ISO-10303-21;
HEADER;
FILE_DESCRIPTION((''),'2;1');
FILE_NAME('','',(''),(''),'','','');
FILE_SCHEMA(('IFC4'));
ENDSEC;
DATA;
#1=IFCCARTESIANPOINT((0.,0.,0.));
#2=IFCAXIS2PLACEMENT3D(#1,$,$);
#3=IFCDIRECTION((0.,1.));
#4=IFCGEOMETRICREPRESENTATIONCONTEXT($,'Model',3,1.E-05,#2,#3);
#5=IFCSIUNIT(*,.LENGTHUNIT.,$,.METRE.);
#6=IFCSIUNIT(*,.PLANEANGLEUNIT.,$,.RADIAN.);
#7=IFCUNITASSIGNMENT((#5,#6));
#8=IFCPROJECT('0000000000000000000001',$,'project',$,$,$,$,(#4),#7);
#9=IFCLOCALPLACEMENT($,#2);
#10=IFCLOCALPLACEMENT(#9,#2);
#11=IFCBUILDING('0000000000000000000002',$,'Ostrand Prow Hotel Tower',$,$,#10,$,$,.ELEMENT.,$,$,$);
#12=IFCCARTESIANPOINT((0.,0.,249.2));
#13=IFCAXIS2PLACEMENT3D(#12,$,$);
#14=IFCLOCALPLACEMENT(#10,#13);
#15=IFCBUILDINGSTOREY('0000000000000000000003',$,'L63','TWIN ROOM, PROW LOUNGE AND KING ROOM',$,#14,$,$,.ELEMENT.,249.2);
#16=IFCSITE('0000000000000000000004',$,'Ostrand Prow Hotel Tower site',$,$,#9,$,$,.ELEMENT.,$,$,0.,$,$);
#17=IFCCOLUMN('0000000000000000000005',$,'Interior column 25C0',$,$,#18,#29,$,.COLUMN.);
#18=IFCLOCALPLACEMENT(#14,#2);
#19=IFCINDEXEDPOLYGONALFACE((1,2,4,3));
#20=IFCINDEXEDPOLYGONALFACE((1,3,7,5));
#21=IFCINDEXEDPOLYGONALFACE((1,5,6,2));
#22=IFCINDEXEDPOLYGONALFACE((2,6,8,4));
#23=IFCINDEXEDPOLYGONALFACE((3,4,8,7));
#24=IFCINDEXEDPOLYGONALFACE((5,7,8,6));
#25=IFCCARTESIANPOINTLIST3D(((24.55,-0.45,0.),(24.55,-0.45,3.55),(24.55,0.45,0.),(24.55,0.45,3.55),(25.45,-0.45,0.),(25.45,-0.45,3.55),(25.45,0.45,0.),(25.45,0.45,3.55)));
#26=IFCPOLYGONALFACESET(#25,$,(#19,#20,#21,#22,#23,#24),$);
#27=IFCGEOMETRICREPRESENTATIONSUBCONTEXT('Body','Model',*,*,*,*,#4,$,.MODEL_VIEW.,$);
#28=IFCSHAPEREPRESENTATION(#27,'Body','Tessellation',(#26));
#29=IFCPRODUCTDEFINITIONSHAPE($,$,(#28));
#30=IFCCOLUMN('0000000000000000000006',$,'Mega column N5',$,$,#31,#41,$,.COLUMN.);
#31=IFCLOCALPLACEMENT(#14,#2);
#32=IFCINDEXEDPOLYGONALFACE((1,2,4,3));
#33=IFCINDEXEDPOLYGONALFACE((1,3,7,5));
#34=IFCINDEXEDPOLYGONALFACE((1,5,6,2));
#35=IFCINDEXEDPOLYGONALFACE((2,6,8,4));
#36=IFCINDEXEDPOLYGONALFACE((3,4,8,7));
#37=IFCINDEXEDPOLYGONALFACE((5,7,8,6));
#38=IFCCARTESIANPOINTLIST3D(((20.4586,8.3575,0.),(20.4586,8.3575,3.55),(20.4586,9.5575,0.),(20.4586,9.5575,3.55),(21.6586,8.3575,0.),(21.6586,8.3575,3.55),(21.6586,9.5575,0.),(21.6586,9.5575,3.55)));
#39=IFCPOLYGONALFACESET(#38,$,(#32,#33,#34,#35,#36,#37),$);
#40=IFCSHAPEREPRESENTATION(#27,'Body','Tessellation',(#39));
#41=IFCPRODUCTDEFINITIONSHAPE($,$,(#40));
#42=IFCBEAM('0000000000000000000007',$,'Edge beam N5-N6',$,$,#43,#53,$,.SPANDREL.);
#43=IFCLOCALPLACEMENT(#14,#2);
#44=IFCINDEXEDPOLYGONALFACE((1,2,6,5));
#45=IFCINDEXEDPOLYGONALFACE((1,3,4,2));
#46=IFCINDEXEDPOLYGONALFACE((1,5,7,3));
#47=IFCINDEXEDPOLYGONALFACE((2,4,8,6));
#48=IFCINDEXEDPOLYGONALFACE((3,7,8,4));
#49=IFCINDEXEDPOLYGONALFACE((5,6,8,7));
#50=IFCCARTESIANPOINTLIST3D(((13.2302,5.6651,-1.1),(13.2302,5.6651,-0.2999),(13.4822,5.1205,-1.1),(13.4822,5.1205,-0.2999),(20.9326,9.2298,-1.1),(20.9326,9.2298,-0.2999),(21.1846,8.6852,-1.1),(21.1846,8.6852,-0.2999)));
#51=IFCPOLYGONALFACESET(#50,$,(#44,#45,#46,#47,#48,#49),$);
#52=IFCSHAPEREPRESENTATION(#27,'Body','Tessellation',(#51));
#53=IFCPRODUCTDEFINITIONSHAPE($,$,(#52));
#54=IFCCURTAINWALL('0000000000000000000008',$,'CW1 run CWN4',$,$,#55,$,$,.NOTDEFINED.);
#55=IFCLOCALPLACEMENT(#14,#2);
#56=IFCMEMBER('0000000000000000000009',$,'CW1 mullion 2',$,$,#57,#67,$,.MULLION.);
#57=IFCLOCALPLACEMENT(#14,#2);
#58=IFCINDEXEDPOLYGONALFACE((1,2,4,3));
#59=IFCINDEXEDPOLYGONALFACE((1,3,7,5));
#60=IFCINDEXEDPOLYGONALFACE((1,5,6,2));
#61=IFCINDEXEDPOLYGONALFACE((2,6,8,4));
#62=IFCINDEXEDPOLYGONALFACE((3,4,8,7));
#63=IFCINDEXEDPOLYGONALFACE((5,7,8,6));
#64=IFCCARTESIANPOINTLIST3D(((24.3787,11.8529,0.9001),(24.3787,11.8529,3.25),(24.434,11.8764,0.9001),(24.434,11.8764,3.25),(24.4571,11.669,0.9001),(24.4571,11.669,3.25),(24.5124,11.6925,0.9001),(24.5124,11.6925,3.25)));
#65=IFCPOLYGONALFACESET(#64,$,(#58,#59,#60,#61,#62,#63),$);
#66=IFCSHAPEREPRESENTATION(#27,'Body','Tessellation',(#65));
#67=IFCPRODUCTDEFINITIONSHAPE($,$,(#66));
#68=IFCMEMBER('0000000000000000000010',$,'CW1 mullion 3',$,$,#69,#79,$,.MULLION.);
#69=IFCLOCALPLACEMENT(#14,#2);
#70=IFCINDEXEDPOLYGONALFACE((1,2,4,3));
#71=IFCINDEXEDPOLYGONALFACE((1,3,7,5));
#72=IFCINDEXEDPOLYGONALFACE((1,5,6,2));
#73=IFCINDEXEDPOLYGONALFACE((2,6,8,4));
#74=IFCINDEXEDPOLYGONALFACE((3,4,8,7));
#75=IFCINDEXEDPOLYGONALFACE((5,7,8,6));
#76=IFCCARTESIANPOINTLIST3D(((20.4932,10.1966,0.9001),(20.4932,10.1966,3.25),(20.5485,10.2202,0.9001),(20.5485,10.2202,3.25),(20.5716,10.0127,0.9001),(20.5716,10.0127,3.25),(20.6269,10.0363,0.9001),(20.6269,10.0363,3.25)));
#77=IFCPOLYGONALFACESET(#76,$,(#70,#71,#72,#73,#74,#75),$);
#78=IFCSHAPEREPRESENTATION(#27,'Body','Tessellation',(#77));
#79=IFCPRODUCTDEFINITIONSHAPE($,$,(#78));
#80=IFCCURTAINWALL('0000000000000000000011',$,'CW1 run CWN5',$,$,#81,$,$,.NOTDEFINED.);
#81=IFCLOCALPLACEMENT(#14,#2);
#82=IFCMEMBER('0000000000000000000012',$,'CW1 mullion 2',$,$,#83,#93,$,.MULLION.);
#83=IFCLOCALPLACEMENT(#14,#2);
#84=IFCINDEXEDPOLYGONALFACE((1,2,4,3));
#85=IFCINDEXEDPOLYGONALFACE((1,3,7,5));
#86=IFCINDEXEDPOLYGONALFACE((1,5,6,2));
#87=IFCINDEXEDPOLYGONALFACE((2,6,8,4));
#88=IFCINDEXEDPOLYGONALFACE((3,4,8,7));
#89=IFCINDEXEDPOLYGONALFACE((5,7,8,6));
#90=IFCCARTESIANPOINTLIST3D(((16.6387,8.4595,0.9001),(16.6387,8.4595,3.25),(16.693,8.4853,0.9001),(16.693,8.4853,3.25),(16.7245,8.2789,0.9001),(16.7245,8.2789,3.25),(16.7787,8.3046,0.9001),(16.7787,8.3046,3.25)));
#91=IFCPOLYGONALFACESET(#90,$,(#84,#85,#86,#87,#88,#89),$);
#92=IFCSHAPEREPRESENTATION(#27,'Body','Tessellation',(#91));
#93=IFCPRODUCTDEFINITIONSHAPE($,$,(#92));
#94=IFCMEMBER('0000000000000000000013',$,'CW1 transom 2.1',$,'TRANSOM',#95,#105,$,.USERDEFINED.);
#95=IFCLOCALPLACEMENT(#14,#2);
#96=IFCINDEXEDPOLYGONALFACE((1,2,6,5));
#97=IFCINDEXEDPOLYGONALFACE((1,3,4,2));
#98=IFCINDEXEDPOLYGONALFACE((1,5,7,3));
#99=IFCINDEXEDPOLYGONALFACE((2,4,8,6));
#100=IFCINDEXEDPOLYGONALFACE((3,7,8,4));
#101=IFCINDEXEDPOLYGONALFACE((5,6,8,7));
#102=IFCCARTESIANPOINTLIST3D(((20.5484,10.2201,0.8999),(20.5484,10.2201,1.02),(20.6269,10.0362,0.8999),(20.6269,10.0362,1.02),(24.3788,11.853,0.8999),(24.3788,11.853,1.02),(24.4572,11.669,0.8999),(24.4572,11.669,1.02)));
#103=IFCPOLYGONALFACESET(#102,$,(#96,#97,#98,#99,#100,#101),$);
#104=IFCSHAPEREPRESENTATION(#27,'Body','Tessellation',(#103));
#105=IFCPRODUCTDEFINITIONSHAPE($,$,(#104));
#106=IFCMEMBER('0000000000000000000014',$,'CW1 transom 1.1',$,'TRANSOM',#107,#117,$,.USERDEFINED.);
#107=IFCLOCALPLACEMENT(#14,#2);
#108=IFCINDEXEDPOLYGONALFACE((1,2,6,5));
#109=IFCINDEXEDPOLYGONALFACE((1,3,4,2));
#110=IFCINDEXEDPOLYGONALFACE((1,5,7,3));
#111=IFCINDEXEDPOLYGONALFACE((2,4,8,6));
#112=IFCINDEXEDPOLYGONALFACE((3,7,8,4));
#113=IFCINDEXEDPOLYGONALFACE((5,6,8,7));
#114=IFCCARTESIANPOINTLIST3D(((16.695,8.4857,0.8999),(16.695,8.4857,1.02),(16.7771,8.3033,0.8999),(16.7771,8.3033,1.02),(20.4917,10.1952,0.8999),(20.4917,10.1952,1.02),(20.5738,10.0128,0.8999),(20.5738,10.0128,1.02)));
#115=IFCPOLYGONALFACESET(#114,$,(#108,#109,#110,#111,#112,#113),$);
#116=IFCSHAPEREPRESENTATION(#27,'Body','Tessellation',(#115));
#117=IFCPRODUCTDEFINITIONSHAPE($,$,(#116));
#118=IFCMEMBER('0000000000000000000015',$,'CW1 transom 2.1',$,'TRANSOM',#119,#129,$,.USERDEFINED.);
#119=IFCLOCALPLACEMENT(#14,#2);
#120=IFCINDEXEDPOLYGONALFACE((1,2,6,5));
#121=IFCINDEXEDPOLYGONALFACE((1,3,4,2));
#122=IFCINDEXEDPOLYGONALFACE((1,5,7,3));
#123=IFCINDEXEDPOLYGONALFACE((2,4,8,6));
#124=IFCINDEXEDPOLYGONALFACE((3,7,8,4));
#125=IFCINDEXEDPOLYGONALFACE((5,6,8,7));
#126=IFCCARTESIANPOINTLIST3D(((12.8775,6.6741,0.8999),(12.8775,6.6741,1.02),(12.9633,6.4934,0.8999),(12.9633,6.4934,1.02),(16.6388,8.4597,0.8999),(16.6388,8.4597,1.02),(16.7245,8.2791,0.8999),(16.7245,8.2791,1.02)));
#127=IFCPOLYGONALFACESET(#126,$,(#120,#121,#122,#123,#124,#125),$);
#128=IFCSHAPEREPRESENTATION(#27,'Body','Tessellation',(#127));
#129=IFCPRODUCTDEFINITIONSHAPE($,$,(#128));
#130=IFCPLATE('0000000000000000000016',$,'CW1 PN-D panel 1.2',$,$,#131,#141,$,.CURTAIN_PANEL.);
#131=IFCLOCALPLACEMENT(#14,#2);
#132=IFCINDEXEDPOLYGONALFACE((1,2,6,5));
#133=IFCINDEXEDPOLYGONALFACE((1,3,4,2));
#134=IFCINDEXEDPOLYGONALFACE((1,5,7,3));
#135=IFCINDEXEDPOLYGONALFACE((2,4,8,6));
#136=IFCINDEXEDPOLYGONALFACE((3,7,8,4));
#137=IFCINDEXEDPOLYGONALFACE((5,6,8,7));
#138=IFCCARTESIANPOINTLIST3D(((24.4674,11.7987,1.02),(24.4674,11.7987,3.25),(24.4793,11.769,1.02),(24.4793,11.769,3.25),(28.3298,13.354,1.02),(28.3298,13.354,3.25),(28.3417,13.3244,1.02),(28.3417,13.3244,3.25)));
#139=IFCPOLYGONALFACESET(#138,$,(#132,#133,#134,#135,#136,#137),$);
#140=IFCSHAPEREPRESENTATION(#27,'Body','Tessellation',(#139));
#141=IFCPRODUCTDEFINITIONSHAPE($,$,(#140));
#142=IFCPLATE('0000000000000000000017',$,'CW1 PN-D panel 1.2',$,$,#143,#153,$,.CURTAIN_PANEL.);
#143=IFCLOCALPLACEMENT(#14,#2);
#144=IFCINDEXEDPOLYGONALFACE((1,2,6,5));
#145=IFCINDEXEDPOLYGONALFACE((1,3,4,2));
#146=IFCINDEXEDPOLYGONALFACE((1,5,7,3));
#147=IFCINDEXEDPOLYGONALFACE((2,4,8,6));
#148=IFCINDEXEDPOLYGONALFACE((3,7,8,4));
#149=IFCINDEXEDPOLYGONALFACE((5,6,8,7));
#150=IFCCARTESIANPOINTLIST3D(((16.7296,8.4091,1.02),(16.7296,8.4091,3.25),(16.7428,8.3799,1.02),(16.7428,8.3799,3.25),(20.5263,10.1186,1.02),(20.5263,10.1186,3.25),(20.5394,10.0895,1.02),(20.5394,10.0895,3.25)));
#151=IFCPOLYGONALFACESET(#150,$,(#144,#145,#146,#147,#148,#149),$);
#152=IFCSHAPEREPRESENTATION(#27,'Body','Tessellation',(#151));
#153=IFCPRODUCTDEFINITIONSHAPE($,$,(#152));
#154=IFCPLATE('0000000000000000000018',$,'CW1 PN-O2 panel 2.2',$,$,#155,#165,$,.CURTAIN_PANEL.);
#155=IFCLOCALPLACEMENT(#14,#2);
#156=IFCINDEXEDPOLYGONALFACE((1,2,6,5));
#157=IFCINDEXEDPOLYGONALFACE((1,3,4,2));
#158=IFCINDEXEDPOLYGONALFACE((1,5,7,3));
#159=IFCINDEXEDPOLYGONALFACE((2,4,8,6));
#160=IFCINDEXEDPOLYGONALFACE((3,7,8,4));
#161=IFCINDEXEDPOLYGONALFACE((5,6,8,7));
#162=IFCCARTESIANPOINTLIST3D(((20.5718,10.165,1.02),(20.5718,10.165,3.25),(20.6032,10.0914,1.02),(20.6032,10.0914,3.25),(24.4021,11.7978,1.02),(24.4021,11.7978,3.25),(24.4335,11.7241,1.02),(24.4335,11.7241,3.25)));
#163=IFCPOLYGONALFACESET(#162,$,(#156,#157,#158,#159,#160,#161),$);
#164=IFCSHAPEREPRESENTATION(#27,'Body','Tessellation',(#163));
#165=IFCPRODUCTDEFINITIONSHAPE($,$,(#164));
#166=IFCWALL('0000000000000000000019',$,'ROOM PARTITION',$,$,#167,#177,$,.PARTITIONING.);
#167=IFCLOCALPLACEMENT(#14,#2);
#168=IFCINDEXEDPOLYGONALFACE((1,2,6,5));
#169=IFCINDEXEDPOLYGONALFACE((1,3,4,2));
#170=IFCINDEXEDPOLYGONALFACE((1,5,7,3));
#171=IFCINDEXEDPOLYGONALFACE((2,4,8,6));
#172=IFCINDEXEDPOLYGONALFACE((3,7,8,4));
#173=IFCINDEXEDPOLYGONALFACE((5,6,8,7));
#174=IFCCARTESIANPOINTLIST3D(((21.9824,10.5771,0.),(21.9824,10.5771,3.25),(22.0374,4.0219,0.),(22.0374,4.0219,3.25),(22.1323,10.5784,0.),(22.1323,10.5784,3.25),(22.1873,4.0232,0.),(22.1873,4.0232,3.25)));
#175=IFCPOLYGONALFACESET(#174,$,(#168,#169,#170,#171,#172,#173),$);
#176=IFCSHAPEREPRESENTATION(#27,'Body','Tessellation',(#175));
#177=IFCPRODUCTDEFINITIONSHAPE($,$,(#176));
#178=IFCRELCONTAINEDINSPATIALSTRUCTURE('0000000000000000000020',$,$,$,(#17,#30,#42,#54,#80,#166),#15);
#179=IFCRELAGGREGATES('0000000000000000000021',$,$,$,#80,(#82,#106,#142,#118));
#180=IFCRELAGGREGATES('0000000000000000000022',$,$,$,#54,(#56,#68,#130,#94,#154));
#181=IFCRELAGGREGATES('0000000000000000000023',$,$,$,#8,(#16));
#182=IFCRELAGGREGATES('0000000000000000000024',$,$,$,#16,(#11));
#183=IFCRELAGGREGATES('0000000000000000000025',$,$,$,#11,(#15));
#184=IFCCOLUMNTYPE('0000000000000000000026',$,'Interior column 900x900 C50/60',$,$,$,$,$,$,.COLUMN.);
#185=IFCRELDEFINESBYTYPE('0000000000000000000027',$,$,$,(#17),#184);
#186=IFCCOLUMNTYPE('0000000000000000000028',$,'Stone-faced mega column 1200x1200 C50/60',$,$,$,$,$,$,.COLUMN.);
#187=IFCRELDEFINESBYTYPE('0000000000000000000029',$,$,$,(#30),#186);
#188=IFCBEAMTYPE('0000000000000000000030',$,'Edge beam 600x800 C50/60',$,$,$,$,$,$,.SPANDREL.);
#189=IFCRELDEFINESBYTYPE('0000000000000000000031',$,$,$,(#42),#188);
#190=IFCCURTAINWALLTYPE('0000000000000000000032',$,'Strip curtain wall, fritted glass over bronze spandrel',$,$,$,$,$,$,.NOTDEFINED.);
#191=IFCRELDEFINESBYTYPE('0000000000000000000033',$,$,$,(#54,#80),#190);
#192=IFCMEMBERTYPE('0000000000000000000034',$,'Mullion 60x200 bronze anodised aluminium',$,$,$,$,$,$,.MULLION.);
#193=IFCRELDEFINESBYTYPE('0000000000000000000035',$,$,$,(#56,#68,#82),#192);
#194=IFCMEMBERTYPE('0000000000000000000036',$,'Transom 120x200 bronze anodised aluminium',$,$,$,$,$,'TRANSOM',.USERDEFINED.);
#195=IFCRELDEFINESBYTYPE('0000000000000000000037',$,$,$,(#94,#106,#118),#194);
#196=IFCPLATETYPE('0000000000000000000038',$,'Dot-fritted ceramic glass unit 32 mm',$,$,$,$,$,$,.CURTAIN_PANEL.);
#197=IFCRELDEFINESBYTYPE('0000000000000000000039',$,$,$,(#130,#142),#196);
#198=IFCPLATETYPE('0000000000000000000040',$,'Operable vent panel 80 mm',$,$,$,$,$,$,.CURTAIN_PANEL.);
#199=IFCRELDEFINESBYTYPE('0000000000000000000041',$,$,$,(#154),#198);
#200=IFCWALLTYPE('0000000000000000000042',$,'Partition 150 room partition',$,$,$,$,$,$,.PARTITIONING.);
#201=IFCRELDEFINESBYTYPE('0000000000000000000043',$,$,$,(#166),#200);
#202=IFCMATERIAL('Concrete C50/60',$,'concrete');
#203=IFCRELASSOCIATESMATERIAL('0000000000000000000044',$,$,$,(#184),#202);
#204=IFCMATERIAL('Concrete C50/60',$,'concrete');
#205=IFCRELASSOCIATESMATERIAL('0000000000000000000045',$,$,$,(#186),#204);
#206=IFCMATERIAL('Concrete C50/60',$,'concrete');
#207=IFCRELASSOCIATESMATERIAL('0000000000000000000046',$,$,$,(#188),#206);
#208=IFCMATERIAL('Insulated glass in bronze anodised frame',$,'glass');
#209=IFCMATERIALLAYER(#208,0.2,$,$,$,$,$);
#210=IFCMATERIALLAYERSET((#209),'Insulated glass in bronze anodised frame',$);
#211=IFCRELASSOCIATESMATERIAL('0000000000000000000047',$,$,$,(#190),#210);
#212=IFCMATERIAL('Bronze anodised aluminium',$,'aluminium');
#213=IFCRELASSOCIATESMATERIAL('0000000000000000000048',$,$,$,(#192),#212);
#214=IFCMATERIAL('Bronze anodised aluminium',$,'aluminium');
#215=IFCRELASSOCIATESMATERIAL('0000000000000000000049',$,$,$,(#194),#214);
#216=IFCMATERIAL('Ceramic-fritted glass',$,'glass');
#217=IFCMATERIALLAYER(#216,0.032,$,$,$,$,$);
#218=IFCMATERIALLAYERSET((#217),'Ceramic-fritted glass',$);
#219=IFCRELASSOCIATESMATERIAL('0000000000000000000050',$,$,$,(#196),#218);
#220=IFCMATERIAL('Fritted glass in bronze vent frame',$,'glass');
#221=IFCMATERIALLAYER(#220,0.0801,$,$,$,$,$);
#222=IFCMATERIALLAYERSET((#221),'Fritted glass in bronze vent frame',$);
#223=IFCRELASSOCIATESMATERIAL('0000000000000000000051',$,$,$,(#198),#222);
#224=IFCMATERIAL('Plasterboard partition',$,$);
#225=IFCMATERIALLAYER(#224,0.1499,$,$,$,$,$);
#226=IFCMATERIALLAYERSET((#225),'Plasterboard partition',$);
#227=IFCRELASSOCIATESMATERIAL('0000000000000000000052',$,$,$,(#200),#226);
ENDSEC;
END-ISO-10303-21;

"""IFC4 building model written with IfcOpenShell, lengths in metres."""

from ifc_helpers import new_model, si_unit, direction, frame, frame_2d, origin, origin_2d, place, context, subcontext, project, spatial, rectangle, extrude, material, layer, layer_set, material_profile, profile_set, type_object, element, aggregate, save


model = new_model("IFC4")

# Units and contexts
model_context = context("Model", 3, precision=1e-05, world=origin(), true_north=direction((0.0, 1.0)))
body_context = subcontext(model_context, "Body", "Model", "MODEL_VIEW")
ifc_project = project(units=[si_unit("LENGTHUNIT", "METRE"), si_unit("PLANEANGLEUNIT", "RADIAN")], contexts=[model_context])

# Site, building, storey
site_placement = place(None, origin())
site = spatial("IfcSite", under=ifc_project, at=site_placement, Name="Ostrand Prow Hotel Tower site", CompositionType="ELEMENT", RefElevation=0.0)
building_placement = place(site_placement, origin())
building = spatial("IfcBuilding", under=site, at=building_placement, Name="Ostrand Prow Hotel Tower", CompositionType="ELEMENT")
storey_placement = place(building_placement, frame((0.0, 0.0, 249.2)))
storey = spatial("IfcBuildingStorey", under=building, at=storey_placement, Name="L63", Description="TWIN ROOM, PROW LOUNGE AND KING ROOM", CompositionType="ELEMENT", Elevation=249.2)

# Columns
ifc_material_1 = material(Name="Concrete C50/60", Category="concrete")
ifc_material_profile_1 = material_profile(ifc_material_1, rectangle(XDim=0.8999, YDim=0.8999, at=origin_2d()), Name="RC 900x900")
ifc_profile_set_1 = profile_set([ifc_material_profile_1], Name="Concrete C50/60")
column_type_1 = type_object("IfcColumnType", Name="Interior column 900x900 C50/60", PredefinedType="COLUMN", material=ifc_profile_set_1)
column_1_placement = place(storey_placement, frame((25.0, 0.0, 0.0), z_axis=(0.0, 0.0, 1.0), x_axis=(1.0, 0.0, 0.0)))
element("IfcColumn", 1, at=column_1_placement, inside=storey, type_object=column_type_1, Name="Interior column 25C0", PredefinedType="COLUMN", context=body_context, shape_type="SweptSolid", body=[
    extrude(rectangle(XDim=0.8999, YDim=0.8999, at=origin_2d()), origin(), (0.0, 0.0, 1.0), 3.55),
])
ifc_material_2 = material(Name="Concrete C50/60", Category="concrete")
ifc_material_profile_2 = material_profile(ifc_material_2, rectangle(XDim=1.2, YDim=1.2, at=origin_2d()), Name="RC 1200x1200")
ifc_profile_set_2 = profile_set([ifc_material_profile_2], Name="Concrete C50/60")
column_type_2 = type_object("IfcColumnType", Name="Stone-faced mega column 1200x1200 C50/60", PredefinedType="COLUMN", material=ifc_profile_set_2)
column_2_placement = place(storey_placement, frame((21.0586, 8.9575, 0.0), z_axis=(0.0, 0.0, 1.0), x_axis=(1.0, 0.0, 0.0)))
element("IfcColumn", 2, at=column_2_placement, inside=storey, type_object=column_type_2, Name="Mega column N5", PredefinedType="COLUMN", context=body_context, shape_type="SweptSolid", body=[
    extrude(rectangle(XDim=1.2, YDim=1.2, at=origin_2d()), origin(), (0.0, 0.0, 1.0), 3.55),
])

# Beam
ifc_material_3 = material(Name="Concrete C50/60", Category="concrete")
ifc_material_profile_3 = material_profile(ifc_material_3, rectangle(XDim=0.6001, YDim=0.8, at=origin_2d()), Name="RC 600x800")
ifc_profile_set_3 = profile_set([ifc_material_profile_3], Name="Concrete C50/60")
beam_type = type_object("IfcBeamType", Name="Edge beam 600x800 C50/60", PredefinedType="SPANDREL", material=ifc_profile_set_3)
beam_placement = place(storey_placement, frame((21.0586, 8.9575, -0.7), z_axis=(-0.907522, -0.420005, 0.0), x_axis=(0.420005, -0.907522, 0.0)))
element("IfcBeam", 3, at=beam_placement, inside=storey, type_object=beam_type, Name="Edge beam N5-N6", PredefinedType="SPANDREL", context=body_context, shape_type="SweptSolid", body=[
    extrude(rectangle(XDim=0.6001, YDim=0.8, at=origin_2d()), origin(), (0.0, 0.0, 1.0), 8.4873),
])

# Curtain wall, members
ifc_material_4 = material(Name="Insulated glass in bronze anodised frame", Category="glass")
ifc_layer_1 = layer(ifc_material_4, 0.2)
ifc_layer_set_1 = layer_set([ifc_layer_1], Name="Insulated glass in bronze anodised frame")
curtain_wall_type = type_object("IfcCurtainWallType", Name="Strip curtain wall, fritted glass over bronze spandrel", PredefinedType="NOTDEFINED", material=ifc_layer_set_1)
curtain_wall_1_placement = place(storey_placement, origin())
curtain_wall_1 = element("IfcCurtainWall", 4, at=curtain_wall_1_placement, inside=storey, type_object=curtain_wall_type, Name="CW1 run CWN4", PredefinedType="NOTDEFINED")
ifc_material_5 = material(Name="Bronze anodised aluminium", Category="aluminium")
ifc_material_profile_4 = material_profile(ifc_material_5, rectangle(XDim=0.2, YDim=0.0601, at=origin_2d()), Name="Mullion 60x200 bronze anodised aluminium")
ifc_profile_set_4 = profile_set([ifc_material_profile_4], Name="Bronze anodised aluminium")
member_type_1 = type_object("IfcMemberType", Name="Mullion 60x200 bronze anodised aluminium", PredefinedType="MULLION", material=ifc_profile_set_4)
member_1_placement = place(storey_placement, frame((24.4456, 11.7727, 0.9001), z_axis=(0.0, 0.0, 1.0), x_axis=(0.392136, -0.919907, 0.0)))
member_1 = element("IfcMember", 5, at=member_1_placement, type_object=member_type_1, Name="CW1 mullion 2", PredefinedType="MULLION", context=body_context, shape_type="SweptSolid", body=[
    extrude(rectangle(XDim=0.2, YDim=0.0601, at=origin_2d()), origin(), (0.0, 0.0, 1.0), 2.3499),
])
member_2_placement = place(storey_placement, frame((20.5601, 10.1165, 0.9001), z_axis=(0.0, 0.0, 1.0), x_axis=(0.392136, -0.919907, 0.0)))
member_2 = element("IfcMember", 6, at=member_2_placement, type_object=member_type_1, Name="CW1 mullion 3", PredefinedType="MULLION", context=body_context, shape_type="SweptSolid", body=[
    extrude(rectangle(XDim=0.2, YDim=0.0601, at=origin_2d()), origin(), (0.0, 0.0, 1.0), 2.3499),
])

# Curtain wall, member
curtain_wall_2_placement = place(storey_placement, origin())
curtain_wall_2 = element("IfcCurtainWall", 7, at=curtain_wall_2_placement, inside=storey, type_object=curtain_wall_type, Name="CW1 run CWN5", PredefinedType="NOTDEFINED")
member_3_placement = place(storey_placement, frame((16.7087, 8.3821, 0.9001), z_axis=(0.0, 0.0, 1.0), x_axis=(0.428861, -0.90337, 0.0)))
member_3 = element("IfcMember", 8, at=member_3_placement, type_object=member_type_1, Name="CW1 mullion 2", PredefinedType="MULLION", context=body_context, shape_type="SweptSolid", body=[
    extrude(rectangle(XDim=0.2, YDim=0.0601, at=origin_2d()), origin(), (0.0, 0.0, 1.0), 2.3499),
])

# Members
ifc_material_6 = material(Name="Bronze anodised aluminium", Category="aluminium")
ifc_material_profile_5 = material_profile(ifc_material_6, rectangle(XDim=0.2, YDim=0.1201, at=origin_2d()), Name="Transom 120x200 bronze anodised aluminium")
ifc_profile_set_5 = profile_set([ifc_material_profile_5], Name="Bronze anodised aluminium")
member_type_2 = type_object("IfcMemberType", Name="Transom 120x200 bronze anodised aluminium", ElementType="TRANSOM", PredefinedType="USERDEFINED", material=ifc_profile_set_5)
member_4_placement = place(storey_placement, frame((24.418, 11.761, 0.96), z_axis=(-0.919905, -0.392142, 0.0), x_axis=(0.392142, -0.919905, 0.0)))
member_4 = element("IfcMember", 9, at=member_4_placement, type_object=member_type_2, Name="CW1 transom 2.1", ObjectType="TRANSOM", PredefinedType="USERDEFINED", context=body_context, shape_type="SweptSolid", body=[
    extrude(rectangle(XDim=0.2, YDim=0.1201, at=origin_2d()), origin(), (0.0, 0.0, 1.0), 4.1638),
])
member_5_placement = place(storey_placement, frame((20.5327, 10.104, 0.96), z_axis=(-0.911833, -0.410562, 0.0), x_axis=(0.410562, -0.911833, 0.0)))
member_5 = element("IfcMember", 10, at=member_5_placement, type_object=member_type_2, Name="CW1 transom 1.1", ObjectType="TRANSOM", PredefinedType="USERDEFINED", context=body_context, shape_type="SweptSolid", body=[
    extrude(rectangle(XDim=0.2, YDim=0.1201, at=origin_2d()), origin(), (0.0, 0.0, 1.0), 4.1638),
])
member_6_placement = place(storey_placement, frame((16.6816, 8.3694, 0.96), z_axis=(-0.903365, -0.428873, 0.0), x_axis=(0.428873, -0.903365, 0.0)))
member_6 = element("IfcMember", 11, at=member_6_placement, type_object=member_type_2, Name="CW1 transom 2.1", ObjectType="TRANSOM", PredefinedType="USERDEFINED", context=body_context, shape_type="SweptSolid", body=[
    extrude(rectangle(XDim=0.2, YDim=0.1201, at=origin_2d()), origin(), (0.0, 0.0, 1.0), 4.1636),
])

# Plates
ifc_material_7 = material(Name="Ceramic-fritted glass", Category="glass")
ifc_layer_2 = layer(ifc_material_7, 0.032)
ifc_layer_set_2 = layer_set([ifc_layer_2], Name="Ceramic-fritted glass")
plate_type_1 = type_object("IfcPlateType", Name="Dot-fritted ceramic glass unit 32 mm", PredefinedType="CURTAIN_PANEL", material=ifc_layer_set_2)
plate_1_placement = place(storey_placement, frame((26.4045, 12.5615, 1.02), z_axis=(0.0, 0.0, 1.0), x_axis=(-0.927617, -0.373533, 0.0)))
plate_1 = element("IfcPlate", 12, at=plate_1_placement, type_object=plate_type_1, Name="CW1 PN-D panel 1.2", PredefinedType="CURTAIN_PANEL", context=body_context, shape_type="SweptSolid", body=[
    extrude(rectangle(XDim=4.1638, YDim=0.032, at=origin_2d()), origin(), (0.0, 0.0, 1.0), 2.23),
])
plate_2_placement = place(storey_placement, frame((18.6345, 9.2493, 1.02), z_axis=(0.0, 0.0, 1.0), x_axis=(-0.911824, -0.410582, 0.0)))
plate_2 = element("IfcPlate", 13, at=plate_2_placement, type_object=plate_type_1, Name="CW1 PN-D panel 1.2", PredefinedType="CURTAIN_PANEL", context=body_context, shape_type="SweptSolid", body=[
    extrude(rectangle(XDim=4.1638, YDim=0.032, at=origin_2d()), origin(), (0.0, 0.0, 1.0), 2.23),
])
aggregate(curtain_wall_2, [member_3, member_5, plate_2, member_6])
ifc_material_8 = material(Name="Fritted glass in bronze vent frame", Category="glass")
ifc_layer_3 = layer(ifc_material_8, 0.0801)
ifc_layer_set_3 = layer_set([ifc_layer_3], Name="Fritted glass in bronze vent frame")
plate_type_2 = type_object("IfcPlateType", Name="Operable vent panel 80 mm", PredefinedType="CURTAIN_PANEL", material=ifc_layer_set_3)
plate_3_placement = place(storey_placement, frame((22.5027, 10.9446, 1.02), z_axis=(0.0, 0.0, 1.0), x_axis=(-0.919907, -0.392136, 0.0)))
plate_3 = element("IfcPlate", 14, at=plate_3_placement, type_object=plate_type_2, Name="CW1 PN-O2 panel 2.2", PredefinedType="CURTAIN_PANEL", context=body_context, shape_type="SweptSolid", body=[
    extrude(rectangle(XDim=4.1638, YDim=0.0801, at=origin_2d()), origin(), (0.0, 0.0, 1.0), 2.23),
])
aggregate(curtain_wall_1, [member_1, member_2, plate_1, member_4, plate_3])

# Wall
ifc_material_9 = material(Name="Plasterboard partition")
ifc_layer_4 = layer(ifc_material_9, 0.1499)
ifc_layer_set_4 = layer_set([ifc_layer_4], Name="Plasterboard partition")
wall_type_1 = type_object("IfcWallType", Name="Partition 150 room partition", PredefinedType="PARTITIONING", material=ifc_layer_set_4)
wall_1_placement = place(storey_placement, frame((22.0574, 10.5779, 0.0), z_axis=(0.0, 0.0, 1.0), x_axis=(0.00838, -0.999965, 0.0)))
element("IfcWall", 15, at=wall_1_placement, inside=storey, type_object=wall_type_1, Name="ROOM PARTITION", PredefinedType="PARTITIONING", context=body_context, shape_type="SweptSolid", body=[
    extrude(rectangle(XDim=6.5554, YDim=0.1499, at=frame_2d((3.2778, 0.0))), origin(), (0.0, 0.0, 1.0), 3.25),
])

save(model, "model.ifc")
